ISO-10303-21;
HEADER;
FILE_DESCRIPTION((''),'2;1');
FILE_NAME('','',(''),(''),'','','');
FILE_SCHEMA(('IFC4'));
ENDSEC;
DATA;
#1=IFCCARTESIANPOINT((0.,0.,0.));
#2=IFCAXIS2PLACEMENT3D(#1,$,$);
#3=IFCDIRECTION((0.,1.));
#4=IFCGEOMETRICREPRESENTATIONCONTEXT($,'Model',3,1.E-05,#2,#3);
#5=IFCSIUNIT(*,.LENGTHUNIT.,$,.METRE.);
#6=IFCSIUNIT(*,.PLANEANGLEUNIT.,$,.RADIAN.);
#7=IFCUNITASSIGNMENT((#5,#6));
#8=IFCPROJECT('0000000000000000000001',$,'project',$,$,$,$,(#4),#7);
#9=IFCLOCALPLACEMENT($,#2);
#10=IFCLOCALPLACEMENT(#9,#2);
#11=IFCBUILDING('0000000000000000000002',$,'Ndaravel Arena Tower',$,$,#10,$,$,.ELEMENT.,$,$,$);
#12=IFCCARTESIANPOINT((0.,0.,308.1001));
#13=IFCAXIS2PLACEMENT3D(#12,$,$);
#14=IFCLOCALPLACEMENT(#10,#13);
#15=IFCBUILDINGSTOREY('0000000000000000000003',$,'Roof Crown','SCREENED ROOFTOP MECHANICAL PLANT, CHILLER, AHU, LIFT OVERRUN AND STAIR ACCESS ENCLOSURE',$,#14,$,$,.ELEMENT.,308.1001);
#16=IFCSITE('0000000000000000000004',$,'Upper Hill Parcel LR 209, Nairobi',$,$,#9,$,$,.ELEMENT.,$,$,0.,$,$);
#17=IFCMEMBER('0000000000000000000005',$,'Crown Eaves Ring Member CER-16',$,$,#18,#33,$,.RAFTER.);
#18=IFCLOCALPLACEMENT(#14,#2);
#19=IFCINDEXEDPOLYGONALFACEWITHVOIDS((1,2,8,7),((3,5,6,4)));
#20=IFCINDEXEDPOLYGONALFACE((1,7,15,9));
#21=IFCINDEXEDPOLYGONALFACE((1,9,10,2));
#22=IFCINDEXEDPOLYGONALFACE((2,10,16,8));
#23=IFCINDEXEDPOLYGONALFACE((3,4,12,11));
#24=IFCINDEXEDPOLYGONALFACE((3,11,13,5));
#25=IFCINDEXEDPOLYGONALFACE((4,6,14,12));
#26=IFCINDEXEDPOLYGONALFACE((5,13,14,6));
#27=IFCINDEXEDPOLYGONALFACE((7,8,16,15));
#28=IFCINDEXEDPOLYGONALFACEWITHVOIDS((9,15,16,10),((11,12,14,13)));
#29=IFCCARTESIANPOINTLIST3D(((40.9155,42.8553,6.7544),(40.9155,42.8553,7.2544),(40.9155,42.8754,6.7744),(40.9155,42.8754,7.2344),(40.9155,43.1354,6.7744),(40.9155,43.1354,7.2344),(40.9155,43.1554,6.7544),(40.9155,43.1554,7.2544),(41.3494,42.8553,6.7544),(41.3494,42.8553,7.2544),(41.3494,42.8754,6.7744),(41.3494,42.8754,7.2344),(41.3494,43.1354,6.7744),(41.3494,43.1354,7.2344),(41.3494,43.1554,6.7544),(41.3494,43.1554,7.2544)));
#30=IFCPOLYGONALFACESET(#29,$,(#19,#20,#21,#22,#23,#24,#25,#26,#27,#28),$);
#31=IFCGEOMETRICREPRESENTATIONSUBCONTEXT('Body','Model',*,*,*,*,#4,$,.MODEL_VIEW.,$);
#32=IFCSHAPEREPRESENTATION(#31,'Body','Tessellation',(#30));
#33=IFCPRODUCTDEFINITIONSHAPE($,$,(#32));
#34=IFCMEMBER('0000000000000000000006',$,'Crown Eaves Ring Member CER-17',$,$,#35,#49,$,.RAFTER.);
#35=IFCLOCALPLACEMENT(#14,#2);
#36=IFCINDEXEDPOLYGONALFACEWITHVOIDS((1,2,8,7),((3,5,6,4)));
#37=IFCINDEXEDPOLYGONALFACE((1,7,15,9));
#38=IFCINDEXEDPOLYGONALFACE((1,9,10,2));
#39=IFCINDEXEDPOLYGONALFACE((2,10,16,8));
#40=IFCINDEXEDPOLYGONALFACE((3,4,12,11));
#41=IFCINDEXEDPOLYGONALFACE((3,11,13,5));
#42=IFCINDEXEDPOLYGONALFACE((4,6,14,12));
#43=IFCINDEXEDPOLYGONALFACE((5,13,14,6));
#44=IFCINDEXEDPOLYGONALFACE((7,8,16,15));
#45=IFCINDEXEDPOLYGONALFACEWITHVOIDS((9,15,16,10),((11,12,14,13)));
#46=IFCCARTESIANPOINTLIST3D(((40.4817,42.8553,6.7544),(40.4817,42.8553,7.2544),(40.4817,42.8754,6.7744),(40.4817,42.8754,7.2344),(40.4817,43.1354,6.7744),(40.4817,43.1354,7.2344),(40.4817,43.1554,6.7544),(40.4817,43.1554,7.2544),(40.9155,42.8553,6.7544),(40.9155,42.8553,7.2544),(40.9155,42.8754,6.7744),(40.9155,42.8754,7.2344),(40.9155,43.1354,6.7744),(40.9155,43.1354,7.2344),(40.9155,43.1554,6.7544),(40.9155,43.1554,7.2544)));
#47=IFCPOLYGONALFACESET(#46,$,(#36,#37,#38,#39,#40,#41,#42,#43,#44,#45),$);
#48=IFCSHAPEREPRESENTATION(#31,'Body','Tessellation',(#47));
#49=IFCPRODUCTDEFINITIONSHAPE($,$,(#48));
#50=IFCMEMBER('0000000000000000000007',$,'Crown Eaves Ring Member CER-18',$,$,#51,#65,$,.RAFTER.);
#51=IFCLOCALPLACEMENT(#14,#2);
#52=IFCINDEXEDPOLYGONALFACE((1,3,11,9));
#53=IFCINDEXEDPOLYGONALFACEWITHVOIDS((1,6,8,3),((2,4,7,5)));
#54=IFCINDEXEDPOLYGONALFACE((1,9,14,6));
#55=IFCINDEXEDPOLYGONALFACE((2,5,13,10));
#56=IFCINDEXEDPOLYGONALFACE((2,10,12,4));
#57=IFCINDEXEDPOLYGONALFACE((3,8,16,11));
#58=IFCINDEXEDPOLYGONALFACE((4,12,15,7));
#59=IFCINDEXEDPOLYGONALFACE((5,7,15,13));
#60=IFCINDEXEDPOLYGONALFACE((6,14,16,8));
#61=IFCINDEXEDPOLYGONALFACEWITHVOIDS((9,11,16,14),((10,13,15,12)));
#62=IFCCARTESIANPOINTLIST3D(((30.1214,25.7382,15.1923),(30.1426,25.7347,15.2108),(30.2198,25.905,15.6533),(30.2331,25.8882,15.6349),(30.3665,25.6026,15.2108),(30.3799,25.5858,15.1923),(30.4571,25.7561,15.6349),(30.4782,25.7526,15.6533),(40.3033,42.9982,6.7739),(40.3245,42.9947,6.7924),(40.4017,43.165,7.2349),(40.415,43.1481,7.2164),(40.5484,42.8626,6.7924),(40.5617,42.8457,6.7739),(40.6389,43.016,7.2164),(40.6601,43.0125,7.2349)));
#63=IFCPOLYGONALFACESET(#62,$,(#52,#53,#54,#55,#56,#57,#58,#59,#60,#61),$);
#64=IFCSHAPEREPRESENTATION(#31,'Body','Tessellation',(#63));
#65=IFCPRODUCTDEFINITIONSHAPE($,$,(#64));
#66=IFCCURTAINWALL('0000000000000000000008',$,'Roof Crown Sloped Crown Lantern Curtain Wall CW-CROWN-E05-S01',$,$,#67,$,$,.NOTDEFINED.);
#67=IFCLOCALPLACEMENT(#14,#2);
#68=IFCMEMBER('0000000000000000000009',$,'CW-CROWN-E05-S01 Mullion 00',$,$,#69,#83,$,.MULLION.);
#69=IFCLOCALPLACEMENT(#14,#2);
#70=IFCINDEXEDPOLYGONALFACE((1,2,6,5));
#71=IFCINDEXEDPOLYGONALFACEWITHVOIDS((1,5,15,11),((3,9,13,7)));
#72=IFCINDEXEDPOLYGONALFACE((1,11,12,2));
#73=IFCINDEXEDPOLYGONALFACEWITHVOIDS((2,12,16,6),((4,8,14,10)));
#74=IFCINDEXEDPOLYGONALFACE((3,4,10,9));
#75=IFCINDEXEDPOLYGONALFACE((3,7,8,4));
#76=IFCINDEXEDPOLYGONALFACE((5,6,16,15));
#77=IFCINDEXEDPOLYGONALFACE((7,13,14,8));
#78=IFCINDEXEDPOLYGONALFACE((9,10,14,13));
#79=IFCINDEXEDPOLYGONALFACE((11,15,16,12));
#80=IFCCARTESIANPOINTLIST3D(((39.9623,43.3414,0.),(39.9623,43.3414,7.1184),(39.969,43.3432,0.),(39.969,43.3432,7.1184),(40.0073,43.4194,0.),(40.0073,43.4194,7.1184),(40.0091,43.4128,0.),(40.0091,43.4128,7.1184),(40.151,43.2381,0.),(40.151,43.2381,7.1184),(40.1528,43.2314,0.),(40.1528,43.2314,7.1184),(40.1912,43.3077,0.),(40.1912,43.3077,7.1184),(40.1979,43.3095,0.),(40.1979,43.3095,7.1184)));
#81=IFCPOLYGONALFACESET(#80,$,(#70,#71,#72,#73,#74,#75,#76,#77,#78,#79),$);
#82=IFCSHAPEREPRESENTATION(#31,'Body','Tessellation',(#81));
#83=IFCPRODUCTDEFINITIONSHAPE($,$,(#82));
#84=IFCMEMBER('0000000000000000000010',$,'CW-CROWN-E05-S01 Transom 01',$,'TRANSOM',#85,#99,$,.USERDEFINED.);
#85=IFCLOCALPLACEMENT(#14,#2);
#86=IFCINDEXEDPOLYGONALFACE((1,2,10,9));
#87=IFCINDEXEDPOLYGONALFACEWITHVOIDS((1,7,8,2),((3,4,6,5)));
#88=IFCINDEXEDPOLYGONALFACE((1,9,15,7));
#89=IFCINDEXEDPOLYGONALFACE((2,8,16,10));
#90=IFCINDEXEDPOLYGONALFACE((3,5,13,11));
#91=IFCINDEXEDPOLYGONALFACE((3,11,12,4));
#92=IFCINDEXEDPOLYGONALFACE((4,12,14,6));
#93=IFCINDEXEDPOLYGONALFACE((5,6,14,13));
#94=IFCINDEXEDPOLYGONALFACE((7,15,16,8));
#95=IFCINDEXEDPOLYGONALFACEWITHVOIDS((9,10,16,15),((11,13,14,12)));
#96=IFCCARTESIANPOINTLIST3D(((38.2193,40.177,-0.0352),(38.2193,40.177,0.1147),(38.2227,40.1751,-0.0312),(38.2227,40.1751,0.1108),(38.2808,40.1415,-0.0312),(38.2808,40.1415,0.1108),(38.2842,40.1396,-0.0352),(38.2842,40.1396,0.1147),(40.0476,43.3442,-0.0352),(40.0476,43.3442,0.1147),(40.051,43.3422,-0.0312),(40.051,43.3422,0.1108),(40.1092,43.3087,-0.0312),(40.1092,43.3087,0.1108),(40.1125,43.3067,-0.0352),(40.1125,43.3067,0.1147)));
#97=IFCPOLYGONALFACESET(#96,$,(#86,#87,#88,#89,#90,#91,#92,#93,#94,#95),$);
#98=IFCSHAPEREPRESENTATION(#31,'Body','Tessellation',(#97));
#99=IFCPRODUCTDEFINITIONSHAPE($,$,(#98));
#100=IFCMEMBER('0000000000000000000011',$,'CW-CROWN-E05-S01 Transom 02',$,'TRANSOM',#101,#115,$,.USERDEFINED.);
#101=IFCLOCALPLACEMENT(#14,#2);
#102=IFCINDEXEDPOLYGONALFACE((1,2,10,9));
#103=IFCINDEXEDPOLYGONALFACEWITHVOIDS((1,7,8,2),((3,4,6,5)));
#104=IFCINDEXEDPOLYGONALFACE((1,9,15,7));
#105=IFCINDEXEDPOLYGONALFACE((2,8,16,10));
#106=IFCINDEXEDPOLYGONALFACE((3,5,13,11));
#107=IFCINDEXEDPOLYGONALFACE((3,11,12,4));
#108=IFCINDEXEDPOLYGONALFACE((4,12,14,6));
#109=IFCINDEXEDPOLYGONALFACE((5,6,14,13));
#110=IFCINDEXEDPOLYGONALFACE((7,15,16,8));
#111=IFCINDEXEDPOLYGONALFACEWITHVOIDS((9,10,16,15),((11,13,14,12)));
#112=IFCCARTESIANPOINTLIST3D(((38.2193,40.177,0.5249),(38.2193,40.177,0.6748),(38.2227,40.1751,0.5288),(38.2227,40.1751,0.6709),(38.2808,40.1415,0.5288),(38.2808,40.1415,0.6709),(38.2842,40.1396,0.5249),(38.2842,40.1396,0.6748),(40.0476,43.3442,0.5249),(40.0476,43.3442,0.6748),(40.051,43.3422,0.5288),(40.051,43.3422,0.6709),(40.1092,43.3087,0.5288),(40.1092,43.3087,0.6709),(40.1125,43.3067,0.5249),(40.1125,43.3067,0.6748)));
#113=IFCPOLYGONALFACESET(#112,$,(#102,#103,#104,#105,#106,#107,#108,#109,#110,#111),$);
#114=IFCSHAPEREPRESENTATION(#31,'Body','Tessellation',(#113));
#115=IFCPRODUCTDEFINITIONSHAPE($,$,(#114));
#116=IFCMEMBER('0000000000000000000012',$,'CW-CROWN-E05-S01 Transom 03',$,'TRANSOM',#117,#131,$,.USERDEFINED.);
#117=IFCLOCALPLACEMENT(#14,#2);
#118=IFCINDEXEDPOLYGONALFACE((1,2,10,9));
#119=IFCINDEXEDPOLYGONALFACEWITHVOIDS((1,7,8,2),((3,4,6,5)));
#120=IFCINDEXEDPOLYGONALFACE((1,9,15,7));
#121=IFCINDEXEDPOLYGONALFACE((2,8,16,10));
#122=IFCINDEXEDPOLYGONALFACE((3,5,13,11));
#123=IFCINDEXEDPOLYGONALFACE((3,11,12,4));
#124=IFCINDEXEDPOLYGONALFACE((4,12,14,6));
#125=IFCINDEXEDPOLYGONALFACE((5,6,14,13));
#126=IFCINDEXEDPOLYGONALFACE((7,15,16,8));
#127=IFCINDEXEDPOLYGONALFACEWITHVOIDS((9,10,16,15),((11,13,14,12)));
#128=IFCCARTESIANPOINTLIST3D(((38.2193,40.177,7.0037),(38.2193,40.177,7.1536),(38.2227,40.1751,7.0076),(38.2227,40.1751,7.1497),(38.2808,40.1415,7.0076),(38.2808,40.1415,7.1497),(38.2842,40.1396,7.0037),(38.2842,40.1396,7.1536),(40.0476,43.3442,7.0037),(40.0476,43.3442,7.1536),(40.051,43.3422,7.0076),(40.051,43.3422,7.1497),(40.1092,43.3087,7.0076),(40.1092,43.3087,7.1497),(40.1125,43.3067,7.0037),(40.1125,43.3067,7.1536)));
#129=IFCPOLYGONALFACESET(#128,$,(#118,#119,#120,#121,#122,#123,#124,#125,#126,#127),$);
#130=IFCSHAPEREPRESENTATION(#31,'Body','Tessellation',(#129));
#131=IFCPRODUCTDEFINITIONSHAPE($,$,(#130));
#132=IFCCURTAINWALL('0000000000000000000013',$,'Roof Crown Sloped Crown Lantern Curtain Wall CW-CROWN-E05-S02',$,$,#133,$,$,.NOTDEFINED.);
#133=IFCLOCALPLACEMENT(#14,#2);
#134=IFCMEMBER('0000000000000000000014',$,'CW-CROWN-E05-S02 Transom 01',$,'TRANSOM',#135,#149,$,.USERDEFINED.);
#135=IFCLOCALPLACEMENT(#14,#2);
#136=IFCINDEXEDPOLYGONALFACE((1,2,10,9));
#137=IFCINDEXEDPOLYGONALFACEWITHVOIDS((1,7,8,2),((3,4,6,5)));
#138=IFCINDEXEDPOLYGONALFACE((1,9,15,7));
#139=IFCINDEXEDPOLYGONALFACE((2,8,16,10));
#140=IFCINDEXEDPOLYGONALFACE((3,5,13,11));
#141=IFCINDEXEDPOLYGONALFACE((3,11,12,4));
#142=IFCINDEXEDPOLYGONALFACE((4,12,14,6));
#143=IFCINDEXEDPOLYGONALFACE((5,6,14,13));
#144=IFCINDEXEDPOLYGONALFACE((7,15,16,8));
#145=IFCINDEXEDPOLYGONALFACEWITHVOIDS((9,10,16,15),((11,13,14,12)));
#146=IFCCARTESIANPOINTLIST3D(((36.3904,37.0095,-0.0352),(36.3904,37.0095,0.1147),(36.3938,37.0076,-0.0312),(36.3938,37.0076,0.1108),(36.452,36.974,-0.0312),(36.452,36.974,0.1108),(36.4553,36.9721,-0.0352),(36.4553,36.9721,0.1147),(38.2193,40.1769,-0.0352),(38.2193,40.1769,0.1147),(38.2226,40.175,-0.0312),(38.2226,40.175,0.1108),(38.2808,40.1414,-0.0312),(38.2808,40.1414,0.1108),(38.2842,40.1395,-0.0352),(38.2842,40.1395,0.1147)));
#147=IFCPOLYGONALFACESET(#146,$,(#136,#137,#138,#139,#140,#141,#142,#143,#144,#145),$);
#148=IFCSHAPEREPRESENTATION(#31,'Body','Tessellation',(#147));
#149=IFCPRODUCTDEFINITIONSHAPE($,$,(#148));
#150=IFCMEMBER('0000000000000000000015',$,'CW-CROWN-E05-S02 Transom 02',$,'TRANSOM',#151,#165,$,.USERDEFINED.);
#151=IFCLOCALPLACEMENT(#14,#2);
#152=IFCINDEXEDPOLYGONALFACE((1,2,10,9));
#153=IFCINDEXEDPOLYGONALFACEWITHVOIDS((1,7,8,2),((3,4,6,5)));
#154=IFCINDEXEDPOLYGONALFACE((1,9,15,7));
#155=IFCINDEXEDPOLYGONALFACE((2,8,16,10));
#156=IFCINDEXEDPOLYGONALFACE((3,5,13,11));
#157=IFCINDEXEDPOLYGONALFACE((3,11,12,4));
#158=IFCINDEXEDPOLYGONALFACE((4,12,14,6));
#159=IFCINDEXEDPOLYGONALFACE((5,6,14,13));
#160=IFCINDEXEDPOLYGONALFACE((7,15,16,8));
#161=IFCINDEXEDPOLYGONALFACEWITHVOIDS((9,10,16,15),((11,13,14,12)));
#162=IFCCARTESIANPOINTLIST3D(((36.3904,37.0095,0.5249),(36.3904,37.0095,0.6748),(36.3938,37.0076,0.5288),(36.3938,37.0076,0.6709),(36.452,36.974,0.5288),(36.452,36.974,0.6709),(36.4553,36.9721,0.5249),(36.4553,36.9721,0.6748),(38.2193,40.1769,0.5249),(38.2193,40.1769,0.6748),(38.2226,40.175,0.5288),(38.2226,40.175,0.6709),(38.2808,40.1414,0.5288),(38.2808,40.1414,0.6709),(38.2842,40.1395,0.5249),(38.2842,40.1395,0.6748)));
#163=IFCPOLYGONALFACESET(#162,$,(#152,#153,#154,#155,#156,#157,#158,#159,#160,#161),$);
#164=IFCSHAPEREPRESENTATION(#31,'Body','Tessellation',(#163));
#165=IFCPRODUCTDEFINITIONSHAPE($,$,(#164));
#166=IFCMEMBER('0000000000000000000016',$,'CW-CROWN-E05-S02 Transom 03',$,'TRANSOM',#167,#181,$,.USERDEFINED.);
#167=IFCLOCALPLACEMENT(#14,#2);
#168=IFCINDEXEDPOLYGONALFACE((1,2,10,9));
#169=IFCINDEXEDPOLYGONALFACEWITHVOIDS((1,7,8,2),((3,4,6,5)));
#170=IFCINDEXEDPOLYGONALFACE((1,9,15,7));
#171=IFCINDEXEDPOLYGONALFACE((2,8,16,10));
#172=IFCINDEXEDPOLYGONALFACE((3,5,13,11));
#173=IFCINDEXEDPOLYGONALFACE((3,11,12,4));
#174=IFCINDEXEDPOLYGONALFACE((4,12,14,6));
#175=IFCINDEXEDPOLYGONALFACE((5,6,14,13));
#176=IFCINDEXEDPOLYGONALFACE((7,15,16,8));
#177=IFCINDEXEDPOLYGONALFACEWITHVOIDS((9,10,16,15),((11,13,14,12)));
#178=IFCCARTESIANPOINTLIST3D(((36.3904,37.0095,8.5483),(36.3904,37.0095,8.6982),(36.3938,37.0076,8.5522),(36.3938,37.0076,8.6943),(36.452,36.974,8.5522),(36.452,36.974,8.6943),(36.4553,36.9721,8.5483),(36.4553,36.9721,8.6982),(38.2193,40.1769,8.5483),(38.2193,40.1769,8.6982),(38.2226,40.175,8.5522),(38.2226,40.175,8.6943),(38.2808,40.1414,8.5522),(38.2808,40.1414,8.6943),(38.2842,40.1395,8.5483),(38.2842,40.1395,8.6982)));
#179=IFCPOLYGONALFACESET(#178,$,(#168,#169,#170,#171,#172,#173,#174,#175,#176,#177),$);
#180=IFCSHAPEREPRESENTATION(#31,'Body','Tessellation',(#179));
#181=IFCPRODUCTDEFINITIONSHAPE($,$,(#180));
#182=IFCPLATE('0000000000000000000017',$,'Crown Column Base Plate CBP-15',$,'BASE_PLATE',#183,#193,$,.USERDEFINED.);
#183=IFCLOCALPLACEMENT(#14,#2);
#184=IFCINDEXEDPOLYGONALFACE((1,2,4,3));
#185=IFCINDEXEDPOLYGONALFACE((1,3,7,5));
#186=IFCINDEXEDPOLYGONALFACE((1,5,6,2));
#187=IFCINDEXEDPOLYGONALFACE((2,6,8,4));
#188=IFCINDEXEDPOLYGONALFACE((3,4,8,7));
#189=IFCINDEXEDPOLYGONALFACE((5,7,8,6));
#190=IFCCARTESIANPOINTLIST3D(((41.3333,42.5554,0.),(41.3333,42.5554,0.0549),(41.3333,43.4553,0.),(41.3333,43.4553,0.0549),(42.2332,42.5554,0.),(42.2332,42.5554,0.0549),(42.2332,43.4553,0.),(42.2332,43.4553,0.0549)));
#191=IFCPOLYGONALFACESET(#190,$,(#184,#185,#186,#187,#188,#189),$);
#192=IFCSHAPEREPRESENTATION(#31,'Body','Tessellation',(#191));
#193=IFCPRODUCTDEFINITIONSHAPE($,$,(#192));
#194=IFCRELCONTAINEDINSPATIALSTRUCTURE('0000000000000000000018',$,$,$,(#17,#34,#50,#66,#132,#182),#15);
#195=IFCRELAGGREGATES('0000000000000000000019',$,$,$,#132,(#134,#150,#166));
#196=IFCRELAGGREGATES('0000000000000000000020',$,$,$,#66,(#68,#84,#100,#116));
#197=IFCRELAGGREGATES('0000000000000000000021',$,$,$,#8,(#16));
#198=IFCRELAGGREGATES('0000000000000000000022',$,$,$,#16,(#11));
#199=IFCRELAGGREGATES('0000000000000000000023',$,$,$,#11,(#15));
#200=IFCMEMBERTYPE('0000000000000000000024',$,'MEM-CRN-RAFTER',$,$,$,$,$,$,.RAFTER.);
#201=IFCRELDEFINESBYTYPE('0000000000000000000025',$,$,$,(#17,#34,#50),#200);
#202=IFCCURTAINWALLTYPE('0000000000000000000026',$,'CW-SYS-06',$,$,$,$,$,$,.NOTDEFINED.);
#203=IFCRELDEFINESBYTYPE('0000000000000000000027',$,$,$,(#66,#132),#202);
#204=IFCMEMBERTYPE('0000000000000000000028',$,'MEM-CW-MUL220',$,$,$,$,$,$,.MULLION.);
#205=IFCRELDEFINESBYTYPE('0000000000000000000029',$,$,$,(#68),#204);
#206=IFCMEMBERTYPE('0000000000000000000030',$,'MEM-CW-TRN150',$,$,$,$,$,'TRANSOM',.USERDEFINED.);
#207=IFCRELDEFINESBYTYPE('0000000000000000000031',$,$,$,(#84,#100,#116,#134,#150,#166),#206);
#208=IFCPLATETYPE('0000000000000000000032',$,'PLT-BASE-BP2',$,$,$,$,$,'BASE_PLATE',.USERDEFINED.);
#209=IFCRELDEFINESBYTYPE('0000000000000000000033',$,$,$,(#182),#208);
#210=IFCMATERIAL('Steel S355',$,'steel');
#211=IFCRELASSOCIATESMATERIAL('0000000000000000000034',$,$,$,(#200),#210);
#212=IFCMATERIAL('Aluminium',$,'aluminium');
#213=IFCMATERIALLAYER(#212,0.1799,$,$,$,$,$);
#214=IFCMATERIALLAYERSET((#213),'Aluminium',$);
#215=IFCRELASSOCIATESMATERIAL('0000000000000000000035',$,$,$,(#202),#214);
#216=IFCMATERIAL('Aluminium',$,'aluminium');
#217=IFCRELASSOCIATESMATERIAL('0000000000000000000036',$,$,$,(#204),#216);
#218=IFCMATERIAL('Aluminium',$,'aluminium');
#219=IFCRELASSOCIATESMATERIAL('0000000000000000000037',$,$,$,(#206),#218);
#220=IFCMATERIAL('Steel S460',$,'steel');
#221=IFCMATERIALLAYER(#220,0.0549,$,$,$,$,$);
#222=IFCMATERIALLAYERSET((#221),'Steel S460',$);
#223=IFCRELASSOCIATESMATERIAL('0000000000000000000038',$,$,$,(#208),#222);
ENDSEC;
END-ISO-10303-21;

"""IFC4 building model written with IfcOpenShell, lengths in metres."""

from ifc_helpers import new_model, si_unit, direction, frame, origin, origin_2d, place, context, subcontext, project, spatial, rectangle, hollow_rectangle, extrude, material, layer, layer_set, material_profile, profile_set, type_object, element, aggregate, save


model = new_model("IFC4")

# Units and contexts
model_context = context("Model", 3, precision=1e-05, world=origin(), true_north=direction((0.0, 1.0)))
body_context = subcontext(model_context, "Body", "Model", "MODEL_VIEW")
ifc_project = project(units=[si_unit("LENGTHUNIT", "METRE"), si_unit("PLANEANGLEUNIT", "RADIAN")], contexts=[model_context])

# Site, building, storey
site_placement = place(None, origin())
site = spatial("IfcSite", under=ifc_project, at=site_placement, Name="Upper Hill Parcel LR 209, Nairobi", CompositionType="ELEMENT", RefElevation=0.0)
building_placement = place(site_placement, origin())
building = spatial("IfcBuilding", under=site, at=building_placement, Name="Ndaravel Arena Tower", CompositionType="ELEMENT")
storey_placement = place(building_placement, frame((0.0, 0.0, 308.1001)))
storey = spatial("IfcBuildingStorey", under=building, at=storey_placement, Name="Roof Crown", Description="SCREENED ROOFTOP MECHANICAL PLANT, CHILLER, AHU, LIFT OVERRUN AND STAIR ACCESS ENCLOSURE", CompositionType="ELEMENT", Elevation=308.1001)

# Members
ifc_material_1 = material(Name="Steel S355", Category="steel")
ifc_material_profile_1 = material_profile(ifc_material_1, hollow_rectangle(XDim=0.3, YDim=0.5, WallThickness=0.02, at=origin_2d()), Name="RHS 500x300x20")
ifc_profile_set_1 = profile_set([ifc_material_profile_1], Name="Steel S355")
member_type_1 = type_object("IfcMemberType", Name="MEM-CRN-RAFTER", PredefinedType="RAFTER", material=ifc_profile_set_1)
for number, where, z_axis, x_axis, name in (
    (1, (41.3494, 43.0054, 7.0044), (-1.0, 0.0, 0.0), (0.0, -1.0, 0.0), "Crown Eaves Ring Member CER-16"),
    (2, (40.9155, 43.0054, 7.0044), (-1.0, 0.0, 0.0), (0.0, -1.0, 0.0), "Crown Eaves Ring Member CER-17"),
):
    element("IfcMember", number, at=place(storey_placement, frame(where, z_axis=z_axis, x_axis=x_axis)), inside=storey, type_object=member_type_1, Name=name, PredefinedType="RAFTER", context=body_context, shape_type="SweptSolid", body=[
        extrude(hollow_rectangle(XDim=0.3, YDim=0.5, WallThickness=0.02, at=origin_2d()), origin(), (0.0, 0.0, 1.0), 0.4338),
    ])
member_1_placement = place(storey_placement, frame((40.4817, 43.0054, 7.0044), z_axis=(-0.468436, -0.794079, 0.387307), x_axis=(0.861302, -0.508093, 0.0)))
element("IfcMember", 3, at=member_1_placement, inside=storey, type_object=member_type_1, Name="Crown Eaves Ring Member CER-18", PredefinedType="RAFTER", context=body_context, shape_type="SweptSolid", body=[
    extrude(hollow_rectangle(XDim=0.3, YDim=0.5, WallThickness=0.02, at=origin_2d()), origin(), (0.0, 0.0, 1.0), 21.7358),
])

# Curtain walls, members
ifc_material_2 = material(Name="Aluminium", Category="aluminium")
ifc_layer_1 = layer(ifc_material_2, 0.1799)
ifc_layer_set_1 = layer_set([ifc_layer_1], Name="Aluminium")
curtain_wall_type = type_object("IfcCurtainWallType", Name="CW-SYS-06", PredefinedType="NOTDEFINED", material=ifc_layer_set_1)
curtain_wall_1_placement = place(storey_placement, origin())
curtain_wall_1 = element("IfcCurtainWall", 4, at=curtain_wall_1_placement, inside=storey, type_object=curtain_wall_type, Name="Roof Crown Sloped Crown Lantern Curtain Wall CW-CROWN-E05-S01", PredefinedType="NOTDEFINED")
ifc_material_3 = material(Name="Aluminium", Category="aluminium")
ifc_material_profile_2 = material_profile(ifc_material_3, hollow_rectangle(XDim=0.0901, YDim=0.22, WallThickness=0.0049, at=origin_2d()), Name="CW MULLION 90x220x5")
ifc_profile_set_2 = profile_set([ifc_material_profile_2], Name="Aluminium")
member_type_2 = type_object("IfcMemberType", Name="MEM-CW-MUL220", PredefinedType="MULLION", material=ifc_profile_set_2)
member_2_placement = place(storey_placement, frame((40.0801, 43.3254, 0.0), z_axis=(0.0, 0.0, 1.0), x_axis=(-0.499985, -0.866034, 0.0)))
member_2 = element("IfcMember", 5, at=member_2_placement, type_object=member_type_2, Name="CW-CROWN-E05-S01 Mullion 00", PredefinedType="MULLION", context=body_context, shape_type="SweptSolid", body=[
    extrude(hollow_rectangle(XDim=0.0901, YDim=0.22, WallThickness=0.0049, at=origin_2d()), origin(), (0.0, 0.0, 1.0), 7.1184),
])
ifc_material_4 = material(Name="Aluminium", Category="aluminium")
ifc_material_profile_3 = material_profile(ifc_material_4, hollow_rectangle(XDim=0.075, YDim=0.1499, WallThickness=0.0039, at=origin_2d()), Name="CW TRANSOM 75x150x4")
ifc_profile_set_3 = profile_set([ifc_material_profile_3], Name="Aluminium")
member_type_3 = type_object("IfcMemberType", Name="MEM-CW-TRN150", ElementType="TRANSOM", PredefinedType="USERDEFINED", material=ifc_profile_set_3)
member_3_placement = place(storey_placement, frame((40.0801, 43.3254, 0.0398), z_axis=(-0.499952, -0.866053, 0.0), x_axis=(0.866053, -0.499952, 0.0)))
member_3 = element("IfcMember", 6, at=member_3_placement, type_object=member_type_3, Name="CW-CROWN-E05-S01 Transom 01", ObjectType="TRANSOM", PredefinedType="USERDEFINED", context=body_context, shape_type="SweptSolid", body=[
    extrude(hollow_rectangle(XDim=0.075, YDim=0.1499, WallThickness=0.0039, at=origin_2d()), origin(), (0.0, 0.0, 1.0), 3.657),
])
member_4_placement = place(storey_placement, frame((40.0801, 43.3254, 0.5999), z_axis=(-0.499952, -0.866053, 0.0), x_axis=(0.866053, -0.499952, 0.0)))
member_4 = element("IfcMember", 7, at=member_4_placement, type_object=member_type_3, Name="CW-CROWN-E05-S01 Transom 02", ObjectType="TRANSOM", PredefinedType="USERDEFINED", context=body_context, shape_type="SweptSolid", body=[
    extrude(hollow_rectangle(XDim=0.075, YDim=0.1499, WallThickness=0.0039, at=origin_2d()), origin(), (0.0, 0.0, 1.0), 3.657),
])
member_5_placement = place(storey_placement, frame((40.0801, 43.3254, 7.0786), z_axis=(-0.499952, -0.866053, 0.0), x_axis=(0.866053, -0.499952, 0.0)))
member_5 = element("IfcMember", 8, at=member_5_placement, type_object=member_type_3, Name="CW-CROWN-E05-S01 Transom 03", ObjectType="TRANSOM", PredefinedType="USERDEFINED", context=body_context, shape_type="SweptSolid", body=[
    extrude(hollow_rectangle(XDim=0.075, YDim=0.1499, WallThickness=0.0039, at=origin_2d()), origin(), (0.0, 0.0, 1.0), 3.657),
])
curtain_wall_2_placement = place(storey_placement, origin())
curtain_wall_2 = element("IfcCurtainWall", 9, at=curtain_wall_2_placement, inside=storey, type_object=curtain_wall_type, Name="Roof Crown Sloped Crown Lantern Curtain Wall CW-CROWN-E05-S02", PredefinedType="NOTDEFINED")
member_6_placement = place(storey_placement, frame((38.2517, 40.1582, 0.0398), z_axis=(-0.500023, -0.866012, 0.0), x_axis=(0.866012, -0.500023, 0.0)))
member_6 = element("IfcMember", 10, at=member_6_placement, type_object=member_type_3, Name="CW-CROWN-E05-S02 Transom 01", ObjectType="TRANSOM", PredefinedType="USERDEFINED", context=body_context, shape_type="SweptSolid", body=[
    extrude(hollow_rectangle(XDim=0.075, YDim=0.1499, WallThickness=0.0039, at=origin_2d()), origin(), (0.0, 0.0, 1.0), 3.6575),
])
member_7_placement = place(storey_placement, frame((38.2517, 40.1582, 0.5999), z_axis=(-0.500023, -0.866012, 0.0), x_axis=(0.866012, -0.500023, 0.0)))
member_7 = element("IfcMember", 11, at=member_7_placement, type_object=member_type_3, Name="CW-CROWN-E05-S02 Transom 02", ObjectType="TRANSOM", PredefinedType="USERDEFINED", context=body_context, shape_type="SweptSolid", body=[
    extrude(hollow_rectangle(XDim=0.075, YDim=0.1499, WallThickness=0.0039, at=origin_2d()), origin(), (0.0, 0.0, 1.0), 3.6575),
])
member_8_placement = place(storey_placement, frame((38.2517, 40.1582, 8.6233), z_axis=(-0.500023, -0.866012, 0.0), x_axis=(0.866012, -0.500023, 0.0)))
member_8 = element("IfcMember", 12, at=member_8_placement, type_object=member_type_3, Name="CW-CROWN-E05-S02 Transom 03", ObjectType="TRANSOM", PredefinedType="USERDEFINED", context=body_context, shape_type="SweptSolid", body=[
    extrude(hollow_rectangle(XDim=0.075, YDim=0.1499, WallThickness=0.0039, at=origin_2d()), origin(), (0.0, 0.0, 1.0), 3.6575),
])
aggregate(curtain_wall_2, [member_6, member_7, member_8])

# Plate
ifc_material_5 = material(Name="Steel S460", Category="steel")
ifc_layer_2 = layer(ifc_material_5, 0.0549)
ifc_layer_set_2 = layer_set([ifc_layer_2], Name="Steel S460")
plate_type_1 = type_object("IfcPlateType", Name="PLT-BASE-BP2", ElementType="BASE_PLATE", PredefinedType="USERDEFINED", material=ifc_layer_set_2)
for number, where, z_axis, x_axis, name in (
    (13, (41.7832, 43.0054, 0.0), (0.0, 0.0, 1.0), (1.0, 0.0, 0.0), "Crown Column Base Plate CBP-15"),
):
    element("IfcPlate", number, at=place(storey_placement, frame(where, z_axis=z_axis, x_axis=x_axis)), inside=storey, type_object=plate_type_1, Name=name, ObjectType="BASE_PLATE", PredefinedType="USERDEFINED", context=body_context, shape_type="SweptSolid", body=[
        extrude(rectangle(XDim=0.8999, YDim=0.8999, at=origin_2d()), origin(), (0.0, 0.0, 1.0), 0.0549),
    ])

aggregate(curtain_wall_1, [member_2, member_3, member_4, member_5])

save(model, "model.ifc")
